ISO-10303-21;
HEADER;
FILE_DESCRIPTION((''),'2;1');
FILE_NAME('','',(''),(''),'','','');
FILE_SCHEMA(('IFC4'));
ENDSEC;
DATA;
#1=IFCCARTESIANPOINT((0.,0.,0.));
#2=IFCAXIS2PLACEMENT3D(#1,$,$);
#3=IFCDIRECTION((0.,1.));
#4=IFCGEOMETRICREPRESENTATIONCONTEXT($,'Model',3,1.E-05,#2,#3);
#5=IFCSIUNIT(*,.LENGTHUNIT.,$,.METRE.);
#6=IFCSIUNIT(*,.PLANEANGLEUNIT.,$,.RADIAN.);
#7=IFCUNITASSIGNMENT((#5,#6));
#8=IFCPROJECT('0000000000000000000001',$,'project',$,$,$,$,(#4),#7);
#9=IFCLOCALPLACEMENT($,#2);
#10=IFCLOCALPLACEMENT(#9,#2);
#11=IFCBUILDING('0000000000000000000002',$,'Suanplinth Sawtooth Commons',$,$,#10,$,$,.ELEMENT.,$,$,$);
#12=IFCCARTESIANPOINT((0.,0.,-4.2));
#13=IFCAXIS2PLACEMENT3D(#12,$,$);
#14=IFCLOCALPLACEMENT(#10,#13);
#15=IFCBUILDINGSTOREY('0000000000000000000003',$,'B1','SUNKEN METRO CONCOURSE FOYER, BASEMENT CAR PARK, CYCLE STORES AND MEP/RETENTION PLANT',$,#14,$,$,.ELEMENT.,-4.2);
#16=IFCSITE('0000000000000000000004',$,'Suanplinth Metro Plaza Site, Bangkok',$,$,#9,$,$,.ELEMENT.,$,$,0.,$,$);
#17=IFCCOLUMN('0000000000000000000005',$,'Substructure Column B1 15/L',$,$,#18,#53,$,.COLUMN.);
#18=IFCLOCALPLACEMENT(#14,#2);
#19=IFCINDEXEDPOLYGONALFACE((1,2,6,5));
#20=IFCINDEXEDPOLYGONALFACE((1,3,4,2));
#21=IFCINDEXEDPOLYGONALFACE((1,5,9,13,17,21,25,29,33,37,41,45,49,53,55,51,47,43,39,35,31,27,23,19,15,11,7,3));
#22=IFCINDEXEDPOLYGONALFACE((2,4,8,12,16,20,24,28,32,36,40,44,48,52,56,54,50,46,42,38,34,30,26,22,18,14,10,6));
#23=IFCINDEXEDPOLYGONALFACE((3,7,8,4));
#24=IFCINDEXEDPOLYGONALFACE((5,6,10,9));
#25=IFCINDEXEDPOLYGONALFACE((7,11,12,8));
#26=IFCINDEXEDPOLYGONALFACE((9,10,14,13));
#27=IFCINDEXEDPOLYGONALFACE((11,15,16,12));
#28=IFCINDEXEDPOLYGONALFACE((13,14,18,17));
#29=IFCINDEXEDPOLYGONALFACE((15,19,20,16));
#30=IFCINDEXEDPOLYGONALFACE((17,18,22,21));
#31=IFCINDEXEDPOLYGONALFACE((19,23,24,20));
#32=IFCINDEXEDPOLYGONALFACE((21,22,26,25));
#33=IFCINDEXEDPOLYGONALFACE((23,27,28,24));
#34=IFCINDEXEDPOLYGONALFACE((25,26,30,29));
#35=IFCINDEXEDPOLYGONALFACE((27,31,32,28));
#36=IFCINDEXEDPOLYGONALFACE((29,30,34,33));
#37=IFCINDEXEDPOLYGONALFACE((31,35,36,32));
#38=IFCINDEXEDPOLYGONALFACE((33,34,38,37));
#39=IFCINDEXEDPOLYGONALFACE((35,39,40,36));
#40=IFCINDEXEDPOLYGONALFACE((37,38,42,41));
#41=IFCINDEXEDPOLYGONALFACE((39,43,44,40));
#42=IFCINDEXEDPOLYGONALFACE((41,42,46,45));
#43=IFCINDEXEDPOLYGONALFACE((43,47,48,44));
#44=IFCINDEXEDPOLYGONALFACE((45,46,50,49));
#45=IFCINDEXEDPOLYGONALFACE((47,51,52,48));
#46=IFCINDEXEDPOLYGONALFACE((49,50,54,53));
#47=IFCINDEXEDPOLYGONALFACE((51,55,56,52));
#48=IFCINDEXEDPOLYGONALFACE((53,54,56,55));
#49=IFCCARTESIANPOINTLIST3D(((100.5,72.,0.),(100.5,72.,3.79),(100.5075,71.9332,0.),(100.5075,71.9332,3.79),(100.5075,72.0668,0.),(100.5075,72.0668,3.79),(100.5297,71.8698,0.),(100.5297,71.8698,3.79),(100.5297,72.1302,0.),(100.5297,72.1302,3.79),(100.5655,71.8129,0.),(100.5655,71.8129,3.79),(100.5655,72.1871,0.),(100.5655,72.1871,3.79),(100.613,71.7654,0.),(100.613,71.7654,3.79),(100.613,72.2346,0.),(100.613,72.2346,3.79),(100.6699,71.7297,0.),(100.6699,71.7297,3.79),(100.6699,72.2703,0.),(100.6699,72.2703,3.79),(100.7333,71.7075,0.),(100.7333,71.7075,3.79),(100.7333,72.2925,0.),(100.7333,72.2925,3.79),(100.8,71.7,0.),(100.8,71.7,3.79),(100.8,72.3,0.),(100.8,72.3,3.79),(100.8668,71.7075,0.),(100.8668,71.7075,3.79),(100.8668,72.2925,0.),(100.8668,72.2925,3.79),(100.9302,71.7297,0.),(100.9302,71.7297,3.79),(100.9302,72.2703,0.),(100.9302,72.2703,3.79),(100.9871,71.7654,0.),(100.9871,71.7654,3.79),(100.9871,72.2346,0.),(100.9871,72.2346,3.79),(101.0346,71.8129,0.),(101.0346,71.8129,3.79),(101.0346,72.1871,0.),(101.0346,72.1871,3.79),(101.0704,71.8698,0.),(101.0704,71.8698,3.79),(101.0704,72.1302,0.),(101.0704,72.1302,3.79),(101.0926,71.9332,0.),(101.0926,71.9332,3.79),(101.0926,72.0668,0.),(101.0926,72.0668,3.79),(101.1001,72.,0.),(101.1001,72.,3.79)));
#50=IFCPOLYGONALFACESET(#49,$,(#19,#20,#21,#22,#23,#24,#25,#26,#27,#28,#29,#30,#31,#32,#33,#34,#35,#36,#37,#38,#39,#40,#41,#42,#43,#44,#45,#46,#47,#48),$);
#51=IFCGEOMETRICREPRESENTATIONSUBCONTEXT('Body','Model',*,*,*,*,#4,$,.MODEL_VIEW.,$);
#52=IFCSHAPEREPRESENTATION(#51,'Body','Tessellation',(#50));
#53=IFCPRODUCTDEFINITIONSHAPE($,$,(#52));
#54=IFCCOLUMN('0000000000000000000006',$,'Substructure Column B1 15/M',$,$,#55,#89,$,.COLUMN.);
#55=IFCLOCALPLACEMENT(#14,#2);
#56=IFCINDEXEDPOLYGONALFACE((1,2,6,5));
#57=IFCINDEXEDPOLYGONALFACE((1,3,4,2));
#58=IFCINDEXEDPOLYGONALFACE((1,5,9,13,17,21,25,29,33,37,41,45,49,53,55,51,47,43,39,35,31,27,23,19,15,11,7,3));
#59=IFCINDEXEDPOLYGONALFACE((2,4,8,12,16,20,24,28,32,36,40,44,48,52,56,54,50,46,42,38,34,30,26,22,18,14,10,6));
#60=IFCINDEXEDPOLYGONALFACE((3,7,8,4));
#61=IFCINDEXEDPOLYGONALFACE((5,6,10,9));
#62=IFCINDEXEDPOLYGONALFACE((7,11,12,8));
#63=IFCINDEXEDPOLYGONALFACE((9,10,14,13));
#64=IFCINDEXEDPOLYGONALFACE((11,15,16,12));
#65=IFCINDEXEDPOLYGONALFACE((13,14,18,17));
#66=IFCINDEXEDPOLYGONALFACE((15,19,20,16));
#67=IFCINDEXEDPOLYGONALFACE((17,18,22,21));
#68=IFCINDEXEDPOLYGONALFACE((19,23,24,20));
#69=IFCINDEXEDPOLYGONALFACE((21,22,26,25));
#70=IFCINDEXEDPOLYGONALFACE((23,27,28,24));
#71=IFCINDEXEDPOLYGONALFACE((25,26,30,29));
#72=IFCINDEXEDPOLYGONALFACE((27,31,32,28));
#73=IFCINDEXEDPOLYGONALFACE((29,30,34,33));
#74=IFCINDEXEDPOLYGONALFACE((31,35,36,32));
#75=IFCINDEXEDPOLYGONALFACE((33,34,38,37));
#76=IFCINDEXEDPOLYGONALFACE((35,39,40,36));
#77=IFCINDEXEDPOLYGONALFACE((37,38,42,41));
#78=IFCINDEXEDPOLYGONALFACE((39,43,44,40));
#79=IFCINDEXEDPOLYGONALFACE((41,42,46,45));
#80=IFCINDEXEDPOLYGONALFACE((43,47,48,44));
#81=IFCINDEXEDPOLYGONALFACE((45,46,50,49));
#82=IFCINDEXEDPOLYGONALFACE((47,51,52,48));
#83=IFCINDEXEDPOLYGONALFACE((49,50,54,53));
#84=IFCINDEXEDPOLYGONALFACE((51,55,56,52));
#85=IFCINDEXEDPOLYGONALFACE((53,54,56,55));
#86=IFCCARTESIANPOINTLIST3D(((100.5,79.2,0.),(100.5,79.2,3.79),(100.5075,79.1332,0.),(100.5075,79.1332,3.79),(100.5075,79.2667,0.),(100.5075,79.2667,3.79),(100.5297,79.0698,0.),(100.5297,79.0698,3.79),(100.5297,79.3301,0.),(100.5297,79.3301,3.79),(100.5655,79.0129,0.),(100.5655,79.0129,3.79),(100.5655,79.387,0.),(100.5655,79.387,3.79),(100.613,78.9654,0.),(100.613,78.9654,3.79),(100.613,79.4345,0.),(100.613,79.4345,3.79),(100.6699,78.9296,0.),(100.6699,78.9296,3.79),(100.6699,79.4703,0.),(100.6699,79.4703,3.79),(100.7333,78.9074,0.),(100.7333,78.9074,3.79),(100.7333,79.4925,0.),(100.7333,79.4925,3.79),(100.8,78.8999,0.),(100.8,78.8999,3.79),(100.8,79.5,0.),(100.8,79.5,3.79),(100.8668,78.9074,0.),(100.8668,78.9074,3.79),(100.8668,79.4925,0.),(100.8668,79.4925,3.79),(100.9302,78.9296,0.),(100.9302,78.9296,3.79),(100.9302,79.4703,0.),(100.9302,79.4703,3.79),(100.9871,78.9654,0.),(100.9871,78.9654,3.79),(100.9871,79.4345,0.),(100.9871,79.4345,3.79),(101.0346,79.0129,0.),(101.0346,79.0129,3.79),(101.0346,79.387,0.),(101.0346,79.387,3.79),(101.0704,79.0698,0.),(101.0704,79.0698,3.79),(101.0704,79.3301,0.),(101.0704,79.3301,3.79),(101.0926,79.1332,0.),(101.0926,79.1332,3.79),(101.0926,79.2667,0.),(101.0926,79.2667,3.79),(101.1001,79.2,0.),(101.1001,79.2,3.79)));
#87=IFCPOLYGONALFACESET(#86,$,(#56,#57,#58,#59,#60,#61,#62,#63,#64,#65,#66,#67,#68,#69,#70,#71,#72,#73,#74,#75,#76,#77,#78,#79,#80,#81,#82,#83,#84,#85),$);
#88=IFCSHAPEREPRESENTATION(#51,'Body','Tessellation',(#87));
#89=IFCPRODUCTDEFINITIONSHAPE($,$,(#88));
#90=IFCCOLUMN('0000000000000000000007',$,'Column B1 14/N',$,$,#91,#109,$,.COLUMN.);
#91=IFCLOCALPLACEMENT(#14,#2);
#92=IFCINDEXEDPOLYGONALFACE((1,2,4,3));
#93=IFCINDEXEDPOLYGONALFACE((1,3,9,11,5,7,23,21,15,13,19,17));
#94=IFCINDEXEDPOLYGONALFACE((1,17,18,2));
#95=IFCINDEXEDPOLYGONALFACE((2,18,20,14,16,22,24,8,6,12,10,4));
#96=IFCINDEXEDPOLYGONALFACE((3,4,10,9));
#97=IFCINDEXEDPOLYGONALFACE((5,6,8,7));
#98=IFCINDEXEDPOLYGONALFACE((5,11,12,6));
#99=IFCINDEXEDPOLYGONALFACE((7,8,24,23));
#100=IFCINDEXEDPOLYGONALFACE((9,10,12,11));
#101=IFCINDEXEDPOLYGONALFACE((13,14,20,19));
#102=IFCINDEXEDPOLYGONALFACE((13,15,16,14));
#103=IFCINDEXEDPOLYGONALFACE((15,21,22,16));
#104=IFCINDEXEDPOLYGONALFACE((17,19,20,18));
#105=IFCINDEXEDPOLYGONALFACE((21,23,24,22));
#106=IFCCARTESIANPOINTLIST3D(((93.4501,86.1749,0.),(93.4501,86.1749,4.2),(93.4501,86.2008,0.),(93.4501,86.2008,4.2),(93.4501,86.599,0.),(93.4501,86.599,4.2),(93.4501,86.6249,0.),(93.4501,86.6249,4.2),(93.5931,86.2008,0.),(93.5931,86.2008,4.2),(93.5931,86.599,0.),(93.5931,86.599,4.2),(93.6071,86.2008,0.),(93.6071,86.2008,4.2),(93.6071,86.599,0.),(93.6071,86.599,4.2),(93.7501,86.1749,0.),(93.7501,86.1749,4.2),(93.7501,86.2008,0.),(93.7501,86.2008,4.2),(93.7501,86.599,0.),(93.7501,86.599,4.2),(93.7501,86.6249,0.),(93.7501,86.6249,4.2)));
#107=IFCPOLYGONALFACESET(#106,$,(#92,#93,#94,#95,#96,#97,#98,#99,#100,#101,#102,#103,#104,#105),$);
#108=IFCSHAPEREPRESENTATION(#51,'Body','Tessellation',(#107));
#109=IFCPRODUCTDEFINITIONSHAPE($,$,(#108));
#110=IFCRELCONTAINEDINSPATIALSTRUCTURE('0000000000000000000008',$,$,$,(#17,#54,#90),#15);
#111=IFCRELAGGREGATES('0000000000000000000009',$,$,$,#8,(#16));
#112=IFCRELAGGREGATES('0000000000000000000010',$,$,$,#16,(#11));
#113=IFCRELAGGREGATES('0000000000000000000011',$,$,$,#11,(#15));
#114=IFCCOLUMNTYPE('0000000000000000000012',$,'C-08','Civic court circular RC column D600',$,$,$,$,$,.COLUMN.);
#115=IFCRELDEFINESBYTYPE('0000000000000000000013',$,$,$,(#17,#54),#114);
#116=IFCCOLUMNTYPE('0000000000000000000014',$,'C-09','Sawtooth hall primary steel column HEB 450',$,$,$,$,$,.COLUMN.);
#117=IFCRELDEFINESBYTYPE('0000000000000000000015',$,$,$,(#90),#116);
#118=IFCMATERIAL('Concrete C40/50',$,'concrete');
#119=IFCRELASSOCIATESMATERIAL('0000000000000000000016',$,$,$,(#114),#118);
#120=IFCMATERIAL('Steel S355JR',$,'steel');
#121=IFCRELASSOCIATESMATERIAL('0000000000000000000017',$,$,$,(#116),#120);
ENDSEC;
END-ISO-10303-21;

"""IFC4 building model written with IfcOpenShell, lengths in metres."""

from ifc_helpers import new_model, si_unit, direction, frame, origin, origin_2d, place, context, subcontext, project, spatial, circle, i_section, extrude, material, material_profile, profile_set, type_object, element, save


model = new_model("IFC4")

# Units and contexts
model_context = context("Model", 3, precision=1e-05, world=origin(), true_north=direction((0.0, 1.0)))
body_context = subcontext(model_context, "Body", "Model", "MODEL_VIEW")
ifc_project = project(units=[si_unit("LENGTHUNIT", "METRE"), si_unit("PLANEANGLEUNIT", "RADIAN")], contexts=[model_context])

# Site, building, storey
site_placement = place(None, origin())
site = spatial("IfcSite", under=ifc_project, at=site_placement, Name="Suanplinth Metro Plaza Site, Bangkok", CompositionType="ELEMENT", RefElevation=0.0)
building_placement = place(site_placement, origin())
building = spatial("IfcBuilding", under=site, at=building_placement, Name="Suanplinth Sawtooth Commons", CompositionType="ELEMENT")
storey_placement = place(building_placement, frame((0.0, 0.0, -4.2)))
storey = spatial("IfcBuildingStorey", under=building, at=storey_placement, Name="B1", Description="SUNKEN METRO CONCOURSE FOYER, BASEMENT CAR PARK, CYCLE STORES AND MEP/RETENTION PLANT", CompositionType="ELEMENT", Elevation=-4.2)

# Columns
ifc_material_1 = material(Name="Concrete C40/50", Category="concrete")
ifc_material_profile_1 = material_profile(ifc_material_1, circle(Radius=0.3, at=origin_2d()), Name="RC-CIRC D600")
ifc_profile_set_1 = profile_set([ifc_material_profile_1], Name="Concrete C40/50")
column_type_1 = type_object("IfcColumnType", Name="C-08", Description="Civic court circular RC column D600", PredefinedType="COLUMN", material=ifc_profile_set_1)
for number, where, z_axis, x_axis, name in (
    (1, (100.8, 72.0, 0.0), (0.0, 0.0, 1.0), (1.0, 0.0, 0.0), "Substructure Column B1 15/L"),
    (2, (100.8, 79.2, 0.0), (0.0, 0.0, 1.0), (1.0, 0.0, 0.0), "Substructure Column B1 15/M"),
):
    element("IfcColumn", number, at=place(storey_placement, frame(where, z_axis=z_axis, x_axis=x_axis)), inside=storey, type_object=column_type_1, Name=name, PredefinedType="COLUMN", context=body_context, shape_type="SweptSolid", body=[
        extrude(circle(Radius=0.3, at=origin_2d()), origin(), (0.0, 0.0, 1.0), 3.79),
    ])
ifc_material_2 = material(Name="Steel S355JR", Category="steel")
ifc_material_profile_2 = material_profile(ifc_material_2, i_section(OverallWidth=0.3, OverallDepth=0.45, WebThickness=0.0139, FlangeThickness=0.0259, at=origin_2d()), Name="HEB 450")
ifc_profile_set_2 = profile_set([ifc_material_profile_2], Name="Steel S355JR")
column_type_2 = type_object("IfcColumnType", Name="C-09", Description="Sawtooth hall primary steel column HEB 450", PredefinedType="COLUMN", material=ifc_profile_set_2)
column_placement = place(storey_placement, frame((93.6001, 86.3999, 0.0), z_axis=(0.0, 0.0, 1.0), x_axis=(1.0, 0.0, 0.0)))
element("IfcColumn", 3, at=column_placement, inside=storey, type_object=column_type_2, Name="Column B1 14/N", PredefinedType="COLUMN", context=body_context, shape_type="SweptSolid", body=[
    extrude(i_section(OverallWidth=0.3, OverallDepth=0.45, WebThickness=0.0139, FlangeThickness=0.0259, at=origin_2d()), origin(), (0.0, 0.0, 1.0), 4.2),
])

save(model, "model.ifc")
